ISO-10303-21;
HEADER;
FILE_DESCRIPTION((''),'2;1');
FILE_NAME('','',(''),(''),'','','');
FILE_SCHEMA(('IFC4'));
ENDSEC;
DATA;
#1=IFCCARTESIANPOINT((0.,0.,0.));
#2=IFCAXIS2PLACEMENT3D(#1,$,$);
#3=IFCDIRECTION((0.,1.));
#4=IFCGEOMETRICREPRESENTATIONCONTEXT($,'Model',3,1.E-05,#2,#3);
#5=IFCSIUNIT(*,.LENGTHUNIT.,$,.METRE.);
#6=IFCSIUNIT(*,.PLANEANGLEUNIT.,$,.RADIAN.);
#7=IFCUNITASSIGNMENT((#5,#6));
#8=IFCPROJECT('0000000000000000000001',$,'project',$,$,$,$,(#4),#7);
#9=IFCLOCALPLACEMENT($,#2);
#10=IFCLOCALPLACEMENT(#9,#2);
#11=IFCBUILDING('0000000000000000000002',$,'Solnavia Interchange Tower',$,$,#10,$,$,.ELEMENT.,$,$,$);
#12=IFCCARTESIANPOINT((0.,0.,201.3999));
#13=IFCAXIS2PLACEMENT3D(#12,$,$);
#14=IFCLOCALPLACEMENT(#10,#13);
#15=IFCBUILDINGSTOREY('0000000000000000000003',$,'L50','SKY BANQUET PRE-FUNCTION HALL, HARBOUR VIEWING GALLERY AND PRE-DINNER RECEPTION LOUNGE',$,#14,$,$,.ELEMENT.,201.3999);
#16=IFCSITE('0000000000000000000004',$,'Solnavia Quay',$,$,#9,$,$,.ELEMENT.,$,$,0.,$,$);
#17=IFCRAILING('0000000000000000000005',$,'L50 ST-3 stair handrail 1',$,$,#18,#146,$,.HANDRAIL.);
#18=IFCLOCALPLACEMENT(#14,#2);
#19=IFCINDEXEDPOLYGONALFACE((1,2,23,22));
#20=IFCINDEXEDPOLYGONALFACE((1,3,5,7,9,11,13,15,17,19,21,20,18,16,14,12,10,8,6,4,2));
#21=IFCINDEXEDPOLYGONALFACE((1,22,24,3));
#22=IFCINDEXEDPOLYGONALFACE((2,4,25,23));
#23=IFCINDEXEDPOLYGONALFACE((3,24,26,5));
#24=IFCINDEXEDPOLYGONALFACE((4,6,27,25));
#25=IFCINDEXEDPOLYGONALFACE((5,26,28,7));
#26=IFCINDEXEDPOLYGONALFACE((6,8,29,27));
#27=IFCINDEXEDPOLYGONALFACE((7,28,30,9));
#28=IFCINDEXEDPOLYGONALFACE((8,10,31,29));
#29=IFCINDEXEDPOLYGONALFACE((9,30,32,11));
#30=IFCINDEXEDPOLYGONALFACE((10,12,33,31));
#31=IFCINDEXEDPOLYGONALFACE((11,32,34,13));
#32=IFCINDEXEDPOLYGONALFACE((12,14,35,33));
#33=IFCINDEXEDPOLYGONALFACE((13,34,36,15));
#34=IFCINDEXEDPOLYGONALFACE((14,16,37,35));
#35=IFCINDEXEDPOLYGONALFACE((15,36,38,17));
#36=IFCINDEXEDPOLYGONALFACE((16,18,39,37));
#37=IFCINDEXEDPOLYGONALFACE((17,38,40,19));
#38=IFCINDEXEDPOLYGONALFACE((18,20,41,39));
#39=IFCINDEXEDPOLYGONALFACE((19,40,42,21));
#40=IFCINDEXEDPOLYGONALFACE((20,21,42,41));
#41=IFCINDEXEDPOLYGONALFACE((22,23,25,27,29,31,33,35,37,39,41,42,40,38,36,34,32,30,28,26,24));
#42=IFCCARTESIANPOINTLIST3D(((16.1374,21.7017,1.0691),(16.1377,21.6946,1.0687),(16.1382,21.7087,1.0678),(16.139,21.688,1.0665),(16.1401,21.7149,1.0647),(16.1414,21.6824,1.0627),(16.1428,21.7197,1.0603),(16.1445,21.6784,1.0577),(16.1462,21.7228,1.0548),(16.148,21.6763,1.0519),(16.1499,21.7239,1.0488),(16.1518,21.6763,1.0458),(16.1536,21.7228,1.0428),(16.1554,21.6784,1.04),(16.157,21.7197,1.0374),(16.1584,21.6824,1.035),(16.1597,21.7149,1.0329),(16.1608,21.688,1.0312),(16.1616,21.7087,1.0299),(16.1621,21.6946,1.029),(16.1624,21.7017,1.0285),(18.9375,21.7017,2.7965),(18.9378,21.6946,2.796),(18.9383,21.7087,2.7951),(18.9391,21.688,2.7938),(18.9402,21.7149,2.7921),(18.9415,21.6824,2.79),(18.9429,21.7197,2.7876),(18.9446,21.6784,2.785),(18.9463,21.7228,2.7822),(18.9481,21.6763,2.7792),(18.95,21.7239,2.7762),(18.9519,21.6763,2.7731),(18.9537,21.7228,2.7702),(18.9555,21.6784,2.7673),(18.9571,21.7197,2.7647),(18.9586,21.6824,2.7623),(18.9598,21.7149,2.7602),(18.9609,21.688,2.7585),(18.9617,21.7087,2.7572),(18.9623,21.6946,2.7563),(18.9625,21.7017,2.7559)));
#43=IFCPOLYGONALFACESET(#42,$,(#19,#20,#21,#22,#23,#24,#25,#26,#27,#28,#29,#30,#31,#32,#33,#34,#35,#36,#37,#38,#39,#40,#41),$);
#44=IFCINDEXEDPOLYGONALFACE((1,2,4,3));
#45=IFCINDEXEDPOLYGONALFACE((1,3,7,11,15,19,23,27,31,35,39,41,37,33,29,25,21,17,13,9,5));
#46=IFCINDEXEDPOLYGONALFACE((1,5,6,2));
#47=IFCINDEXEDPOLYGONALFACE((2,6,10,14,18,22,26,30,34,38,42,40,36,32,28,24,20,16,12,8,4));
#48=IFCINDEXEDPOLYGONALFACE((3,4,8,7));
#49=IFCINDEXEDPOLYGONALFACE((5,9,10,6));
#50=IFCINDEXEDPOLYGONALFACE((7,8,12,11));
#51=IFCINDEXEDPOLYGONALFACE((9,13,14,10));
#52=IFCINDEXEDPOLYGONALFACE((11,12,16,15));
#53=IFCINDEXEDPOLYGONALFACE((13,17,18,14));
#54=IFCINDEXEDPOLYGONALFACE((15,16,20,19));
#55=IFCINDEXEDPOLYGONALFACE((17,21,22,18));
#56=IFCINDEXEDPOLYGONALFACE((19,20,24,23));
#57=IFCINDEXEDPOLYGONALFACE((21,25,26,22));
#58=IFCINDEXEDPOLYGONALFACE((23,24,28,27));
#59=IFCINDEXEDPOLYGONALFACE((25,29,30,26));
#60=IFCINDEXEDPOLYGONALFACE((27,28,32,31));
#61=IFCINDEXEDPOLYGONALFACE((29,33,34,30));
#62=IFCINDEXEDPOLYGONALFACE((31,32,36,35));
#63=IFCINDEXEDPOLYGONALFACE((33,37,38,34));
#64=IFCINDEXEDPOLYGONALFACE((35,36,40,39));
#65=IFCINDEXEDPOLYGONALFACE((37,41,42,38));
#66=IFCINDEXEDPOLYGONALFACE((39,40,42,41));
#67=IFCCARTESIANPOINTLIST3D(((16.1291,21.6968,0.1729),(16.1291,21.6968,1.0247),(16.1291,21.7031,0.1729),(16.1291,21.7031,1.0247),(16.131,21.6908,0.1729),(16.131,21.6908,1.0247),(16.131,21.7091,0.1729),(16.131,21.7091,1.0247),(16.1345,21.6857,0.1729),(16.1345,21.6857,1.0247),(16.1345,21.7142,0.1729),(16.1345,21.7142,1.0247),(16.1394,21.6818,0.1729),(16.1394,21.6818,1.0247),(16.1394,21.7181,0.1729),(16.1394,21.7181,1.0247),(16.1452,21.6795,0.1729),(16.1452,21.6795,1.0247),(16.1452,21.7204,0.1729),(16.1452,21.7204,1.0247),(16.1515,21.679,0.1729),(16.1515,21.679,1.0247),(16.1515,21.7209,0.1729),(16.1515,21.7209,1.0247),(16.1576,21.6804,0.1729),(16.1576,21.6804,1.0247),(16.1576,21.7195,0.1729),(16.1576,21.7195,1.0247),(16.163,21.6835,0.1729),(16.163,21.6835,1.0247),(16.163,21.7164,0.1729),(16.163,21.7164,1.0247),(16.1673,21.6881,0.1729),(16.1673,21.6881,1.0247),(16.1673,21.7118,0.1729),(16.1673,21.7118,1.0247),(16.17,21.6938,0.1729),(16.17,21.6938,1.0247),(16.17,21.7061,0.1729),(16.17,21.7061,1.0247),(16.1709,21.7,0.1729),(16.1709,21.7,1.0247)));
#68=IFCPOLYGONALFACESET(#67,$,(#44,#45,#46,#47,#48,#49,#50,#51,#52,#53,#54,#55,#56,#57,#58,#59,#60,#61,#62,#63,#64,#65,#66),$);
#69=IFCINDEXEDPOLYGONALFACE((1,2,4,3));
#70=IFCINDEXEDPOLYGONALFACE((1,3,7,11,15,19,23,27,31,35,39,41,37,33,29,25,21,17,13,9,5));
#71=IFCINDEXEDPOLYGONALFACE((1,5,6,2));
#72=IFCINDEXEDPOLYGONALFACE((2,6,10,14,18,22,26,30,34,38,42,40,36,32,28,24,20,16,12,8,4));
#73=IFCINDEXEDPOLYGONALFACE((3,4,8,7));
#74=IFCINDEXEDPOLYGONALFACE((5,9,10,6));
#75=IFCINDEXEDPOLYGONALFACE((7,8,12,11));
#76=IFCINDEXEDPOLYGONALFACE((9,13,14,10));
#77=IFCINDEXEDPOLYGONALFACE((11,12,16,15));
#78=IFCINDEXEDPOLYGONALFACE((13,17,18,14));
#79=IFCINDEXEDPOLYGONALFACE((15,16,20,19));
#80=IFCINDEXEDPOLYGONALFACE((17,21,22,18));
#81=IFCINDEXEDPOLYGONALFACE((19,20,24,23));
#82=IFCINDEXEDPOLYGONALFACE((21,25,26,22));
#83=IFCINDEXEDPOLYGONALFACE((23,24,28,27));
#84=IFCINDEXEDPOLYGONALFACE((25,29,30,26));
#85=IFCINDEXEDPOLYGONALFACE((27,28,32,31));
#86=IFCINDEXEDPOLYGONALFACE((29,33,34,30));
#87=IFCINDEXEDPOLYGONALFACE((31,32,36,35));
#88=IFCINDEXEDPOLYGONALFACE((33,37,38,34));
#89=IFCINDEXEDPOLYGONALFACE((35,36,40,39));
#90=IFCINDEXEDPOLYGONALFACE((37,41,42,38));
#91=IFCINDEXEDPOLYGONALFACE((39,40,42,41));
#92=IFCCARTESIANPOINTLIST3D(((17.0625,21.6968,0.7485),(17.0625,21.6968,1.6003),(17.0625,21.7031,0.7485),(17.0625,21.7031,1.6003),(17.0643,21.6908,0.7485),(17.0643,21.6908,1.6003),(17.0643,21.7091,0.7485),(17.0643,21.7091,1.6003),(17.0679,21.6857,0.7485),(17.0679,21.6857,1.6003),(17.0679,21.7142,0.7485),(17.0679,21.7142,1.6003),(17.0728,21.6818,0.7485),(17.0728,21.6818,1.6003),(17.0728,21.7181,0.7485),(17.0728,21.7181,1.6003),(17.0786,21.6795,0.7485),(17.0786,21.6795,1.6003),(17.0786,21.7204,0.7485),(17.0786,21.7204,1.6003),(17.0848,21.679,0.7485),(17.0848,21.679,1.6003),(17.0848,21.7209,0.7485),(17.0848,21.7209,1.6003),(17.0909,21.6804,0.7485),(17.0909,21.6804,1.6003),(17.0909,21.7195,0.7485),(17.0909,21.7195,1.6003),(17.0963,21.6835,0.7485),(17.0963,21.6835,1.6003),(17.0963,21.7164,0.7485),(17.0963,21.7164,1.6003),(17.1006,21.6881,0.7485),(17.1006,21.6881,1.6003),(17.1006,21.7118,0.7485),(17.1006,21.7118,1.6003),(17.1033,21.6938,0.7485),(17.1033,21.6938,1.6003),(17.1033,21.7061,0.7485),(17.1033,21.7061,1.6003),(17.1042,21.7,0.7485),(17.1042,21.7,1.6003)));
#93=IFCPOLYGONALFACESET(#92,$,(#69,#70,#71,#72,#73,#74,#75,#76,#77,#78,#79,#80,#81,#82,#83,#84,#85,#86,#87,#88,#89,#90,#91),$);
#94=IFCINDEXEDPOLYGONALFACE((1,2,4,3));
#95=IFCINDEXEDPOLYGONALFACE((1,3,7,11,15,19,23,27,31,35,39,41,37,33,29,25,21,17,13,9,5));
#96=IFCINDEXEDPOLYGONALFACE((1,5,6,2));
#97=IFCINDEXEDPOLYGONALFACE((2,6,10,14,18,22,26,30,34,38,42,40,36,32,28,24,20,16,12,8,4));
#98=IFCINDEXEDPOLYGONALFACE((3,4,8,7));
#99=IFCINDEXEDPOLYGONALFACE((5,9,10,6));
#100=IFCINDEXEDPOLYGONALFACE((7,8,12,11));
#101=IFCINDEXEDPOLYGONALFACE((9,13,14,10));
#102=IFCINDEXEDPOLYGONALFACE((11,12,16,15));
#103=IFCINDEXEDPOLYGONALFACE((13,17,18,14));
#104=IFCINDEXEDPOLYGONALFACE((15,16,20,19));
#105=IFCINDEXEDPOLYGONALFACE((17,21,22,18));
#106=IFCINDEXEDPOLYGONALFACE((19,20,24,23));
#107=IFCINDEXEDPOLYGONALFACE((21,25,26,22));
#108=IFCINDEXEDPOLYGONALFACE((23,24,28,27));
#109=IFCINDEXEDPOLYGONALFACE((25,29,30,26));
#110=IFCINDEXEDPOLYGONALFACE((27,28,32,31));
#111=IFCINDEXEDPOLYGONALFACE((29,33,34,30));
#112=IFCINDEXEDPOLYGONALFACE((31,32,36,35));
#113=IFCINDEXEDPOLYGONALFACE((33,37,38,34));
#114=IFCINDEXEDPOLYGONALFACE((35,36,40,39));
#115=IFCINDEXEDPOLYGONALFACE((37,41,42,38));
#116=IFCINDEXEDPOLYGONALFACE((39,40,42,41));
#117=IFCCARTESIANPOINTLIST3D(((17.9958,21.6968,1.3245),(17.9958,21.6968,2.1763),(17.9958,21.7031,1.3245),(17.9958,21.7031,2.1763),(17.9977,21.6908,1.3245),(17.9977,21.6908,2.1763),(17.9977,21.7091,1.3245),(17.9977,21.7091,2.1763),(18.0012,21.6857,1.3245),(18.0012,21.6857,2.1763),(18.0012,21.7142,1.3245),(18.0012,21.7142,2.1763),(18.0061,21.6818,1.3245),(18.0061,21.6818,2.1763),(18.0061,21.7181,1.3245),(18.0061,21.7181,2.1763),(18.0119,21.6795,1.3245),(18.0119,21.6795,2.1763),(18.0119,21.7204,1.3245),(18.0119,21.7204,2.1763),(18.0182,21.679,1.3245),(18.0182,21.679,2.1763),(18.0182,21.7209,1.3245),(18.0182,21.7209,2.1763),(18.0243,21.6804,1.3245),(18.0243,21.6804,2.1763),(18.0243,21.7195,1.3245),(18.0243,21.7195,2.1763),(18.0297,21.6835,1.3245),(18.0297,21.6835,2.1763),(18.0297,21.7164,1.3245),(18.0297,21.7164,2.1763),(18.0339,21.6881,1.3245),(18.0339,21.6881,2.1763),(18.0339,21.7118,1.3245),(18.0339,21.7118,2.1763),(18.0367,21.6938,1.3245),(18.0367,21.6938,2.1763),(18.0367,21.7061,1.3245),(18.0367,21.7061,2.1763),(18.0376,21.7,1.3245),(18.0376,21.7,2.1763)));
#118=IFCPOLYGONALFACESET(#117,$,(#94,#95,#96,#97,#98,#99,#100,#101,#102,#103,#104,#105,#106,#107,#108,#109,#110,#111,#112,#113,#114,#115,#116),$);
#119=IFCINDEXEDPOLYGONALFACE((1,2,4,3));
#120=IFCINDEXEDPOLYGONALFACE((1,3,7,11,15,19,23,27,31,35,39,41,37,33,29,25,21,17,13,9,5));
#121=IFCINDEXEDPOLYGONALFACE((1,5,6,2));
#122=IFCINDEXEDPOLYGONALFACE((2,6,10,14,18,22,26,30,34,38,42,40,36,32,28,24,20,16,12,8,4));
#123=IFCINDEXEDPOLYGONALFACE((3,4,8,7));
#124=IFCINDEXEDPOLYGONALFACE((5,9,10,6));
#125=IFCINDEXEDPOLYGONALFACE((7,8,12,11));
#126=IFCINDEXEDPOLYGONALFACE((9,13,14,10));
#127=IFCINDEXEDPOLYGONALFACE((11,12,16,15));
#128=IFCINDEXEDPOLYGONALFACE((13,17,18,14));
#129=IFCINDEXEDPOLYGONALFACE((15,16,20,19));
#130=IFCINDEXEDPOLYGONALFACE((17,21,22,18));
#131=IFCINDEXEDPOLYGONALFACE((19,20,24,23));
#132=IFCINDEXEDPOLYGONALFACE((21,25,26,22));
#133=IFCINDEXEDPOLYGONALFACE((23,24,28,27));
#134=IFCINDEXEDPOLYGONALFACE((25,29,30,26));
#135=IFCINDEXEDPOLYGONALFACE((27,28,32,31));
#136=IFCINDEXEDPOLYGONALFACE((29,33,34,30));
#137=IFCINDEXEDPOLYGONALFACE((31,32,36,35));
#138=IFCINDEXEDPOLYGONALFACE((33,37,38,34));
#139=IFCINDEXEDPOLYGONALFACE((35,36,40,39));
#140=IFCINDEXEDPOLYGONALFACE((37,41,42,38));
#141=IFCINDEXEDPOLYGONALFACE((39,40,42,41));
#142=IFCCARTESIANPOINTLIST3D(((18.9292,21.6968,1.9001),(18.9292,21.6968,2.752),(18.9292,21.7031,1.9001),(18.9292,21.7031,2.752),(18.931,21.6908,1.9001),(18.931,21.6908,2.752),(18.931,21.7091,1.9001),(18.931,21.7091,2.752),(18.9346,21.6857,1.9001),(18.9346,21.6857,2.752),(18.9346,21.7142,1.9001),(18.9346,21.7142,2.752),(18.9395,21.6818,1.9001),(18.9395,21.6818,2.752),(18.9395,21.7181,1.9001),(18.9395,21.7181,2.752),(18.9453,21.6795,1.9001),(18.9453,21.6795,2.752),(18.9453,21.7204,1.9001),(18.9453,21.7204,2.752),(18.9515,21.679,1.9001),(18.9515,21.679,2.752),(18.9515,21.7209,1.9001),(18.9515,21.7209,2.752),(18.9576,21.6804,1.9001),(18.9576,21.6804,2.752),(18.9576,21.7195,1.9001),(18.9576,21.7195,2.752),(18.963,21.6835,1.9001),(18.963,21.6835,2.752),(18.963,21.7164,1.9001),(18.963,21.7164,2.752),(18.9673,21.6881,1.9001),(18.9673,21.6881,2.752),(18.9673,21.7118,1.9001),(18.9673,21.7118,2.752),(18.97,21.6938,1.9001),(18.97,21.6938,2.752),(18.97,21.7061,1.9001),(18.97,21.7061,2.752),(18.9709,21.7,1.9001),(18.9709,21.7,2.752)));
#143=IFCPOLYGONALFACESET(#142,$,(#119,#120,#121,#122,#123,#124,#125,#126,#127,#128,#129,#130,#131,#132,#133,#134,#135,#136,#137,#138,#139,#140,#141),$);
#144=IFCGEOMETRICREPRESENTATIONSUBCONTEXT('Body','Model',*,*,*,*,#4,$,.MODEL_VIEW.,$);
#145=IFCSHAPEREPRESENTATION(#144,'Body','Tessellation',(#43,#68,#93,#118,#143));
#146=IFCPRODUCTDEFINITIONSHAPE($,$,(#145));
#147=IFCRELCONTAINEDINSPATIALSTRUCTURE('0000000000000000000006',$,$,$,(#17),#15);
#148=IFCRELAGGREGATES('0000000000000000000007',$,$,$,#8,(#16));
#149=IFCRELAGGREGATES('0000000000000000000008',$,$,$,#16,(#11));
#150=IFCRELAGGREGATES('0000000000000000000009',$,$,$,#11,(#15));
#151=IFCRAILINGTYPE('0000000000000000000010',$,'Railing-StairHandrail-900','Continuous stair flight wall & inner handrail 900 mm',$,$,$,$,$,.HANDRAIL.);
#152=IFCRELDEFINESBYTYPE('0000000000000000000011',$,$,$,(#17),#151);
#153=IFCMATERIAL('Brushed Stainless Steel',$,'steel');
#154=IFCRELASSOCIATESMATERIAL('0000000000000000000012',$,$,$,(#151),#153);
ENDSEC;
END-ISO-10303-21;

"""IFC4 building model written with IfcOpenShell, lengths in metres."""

from ifc_helpers import new_model, si_unit, direction, frame, origin, origin_2d, place, context, subcontext, project, spatial, circle, extrude, material, type_object, element, save


model = new_model("IFC4")

# Units and contexts
model_context = context("Model", 3, precision=1e-05, world=origin(), true_north=direction((0.0, 1.0)))
body_context = subcontext(model_context, "Body", "Model", "MODEL_VIEW")
ifc_project = project(units=[si_unit("LENGTHUNIT", "METRE"), si_unit("PLANEANGLEUNIT", "RADIAN")], contexts=[model_context])

# Site, building, storey
site_placement = place(None, origin())
site = spatial("IfcSite", under=ifc_project, at=site_placement, Name="Solnavia Quay", CompositionType="ELEMENT", RefElevation=0.0)
building_placement = place(site_placement, origin())
building = spatial("IfcBuilding", under=site, at=building_placement, Name="Solnavia Interchange Tower", CompositionType="ELEMENT")
storey_placement = place(building_placement, frame((0.0, 0.0, 201.3999)))
storey = spatial("IfcBuildingStorey", under=building, at=storey_placement, Name="L50", Description="SKY BANQUET PRE-FUNCTION HALL, HARBOUR VIEWING GALLERY AND PRE-DINNER RECEPTION LOUNGE", CompositionType="ELEMENT", Elevation=201.3999)

# Railing
ifc_material_1 = material(Name="Brushed Stainless Steel", Category="steel")
railing_type_1 = type_object("IfcRailingType", Name="Railing-StairHandrail-900", Description="Continuous stair flight wall & inner handrail 900 mm", PredefinedType="HANDRAIL", material=ifc_material_1)
railing_1_placement = place(storey_placement, frame((16.1499, 21.7, 0.1729)))
element("IfcRailing", 1, at=railing_1_placement, inside=storey, type_object=railing_type_1, Name="L50 ST-3 stair handrail 1", PredefinedType="HANDRAIL", context=body_context, shape_type="SweptSolid", body=[
    extrude(circle(Radius=0.0239, at=origin_2d()), frame((0.0, 0.0, 0.876), z_axis=(0.85109, 0.0, 0.52502), x_axis=(0.0, 1.0, 0.0)), (0.0, 0.0, 1.0), 3.29),
    extrude(circle(Radius=0.021, at=origin_2d()), origin(), (0.0, 0.0, 1.0), 0.8518),
    extrude(circle(Radius=0.021, at=origin_2d()), frame((0.9333, 0.0, 0.5757)), (0.0, 0.0, 1.0), 0.8518),
    extrude(circle(Radius=0.021, at=origin_2d()), frame((1.8667, 0.0, 1.1516)), (0.0, 0.0, 1.0), 0.8518),
    extrude(circle(Radius=0.021, at=origin_2d()), frame((2.8, 0.0, 1.7273)), (0.0, 0.0, 1.0), 0.8518),
])

save(model, "model.ifc")
